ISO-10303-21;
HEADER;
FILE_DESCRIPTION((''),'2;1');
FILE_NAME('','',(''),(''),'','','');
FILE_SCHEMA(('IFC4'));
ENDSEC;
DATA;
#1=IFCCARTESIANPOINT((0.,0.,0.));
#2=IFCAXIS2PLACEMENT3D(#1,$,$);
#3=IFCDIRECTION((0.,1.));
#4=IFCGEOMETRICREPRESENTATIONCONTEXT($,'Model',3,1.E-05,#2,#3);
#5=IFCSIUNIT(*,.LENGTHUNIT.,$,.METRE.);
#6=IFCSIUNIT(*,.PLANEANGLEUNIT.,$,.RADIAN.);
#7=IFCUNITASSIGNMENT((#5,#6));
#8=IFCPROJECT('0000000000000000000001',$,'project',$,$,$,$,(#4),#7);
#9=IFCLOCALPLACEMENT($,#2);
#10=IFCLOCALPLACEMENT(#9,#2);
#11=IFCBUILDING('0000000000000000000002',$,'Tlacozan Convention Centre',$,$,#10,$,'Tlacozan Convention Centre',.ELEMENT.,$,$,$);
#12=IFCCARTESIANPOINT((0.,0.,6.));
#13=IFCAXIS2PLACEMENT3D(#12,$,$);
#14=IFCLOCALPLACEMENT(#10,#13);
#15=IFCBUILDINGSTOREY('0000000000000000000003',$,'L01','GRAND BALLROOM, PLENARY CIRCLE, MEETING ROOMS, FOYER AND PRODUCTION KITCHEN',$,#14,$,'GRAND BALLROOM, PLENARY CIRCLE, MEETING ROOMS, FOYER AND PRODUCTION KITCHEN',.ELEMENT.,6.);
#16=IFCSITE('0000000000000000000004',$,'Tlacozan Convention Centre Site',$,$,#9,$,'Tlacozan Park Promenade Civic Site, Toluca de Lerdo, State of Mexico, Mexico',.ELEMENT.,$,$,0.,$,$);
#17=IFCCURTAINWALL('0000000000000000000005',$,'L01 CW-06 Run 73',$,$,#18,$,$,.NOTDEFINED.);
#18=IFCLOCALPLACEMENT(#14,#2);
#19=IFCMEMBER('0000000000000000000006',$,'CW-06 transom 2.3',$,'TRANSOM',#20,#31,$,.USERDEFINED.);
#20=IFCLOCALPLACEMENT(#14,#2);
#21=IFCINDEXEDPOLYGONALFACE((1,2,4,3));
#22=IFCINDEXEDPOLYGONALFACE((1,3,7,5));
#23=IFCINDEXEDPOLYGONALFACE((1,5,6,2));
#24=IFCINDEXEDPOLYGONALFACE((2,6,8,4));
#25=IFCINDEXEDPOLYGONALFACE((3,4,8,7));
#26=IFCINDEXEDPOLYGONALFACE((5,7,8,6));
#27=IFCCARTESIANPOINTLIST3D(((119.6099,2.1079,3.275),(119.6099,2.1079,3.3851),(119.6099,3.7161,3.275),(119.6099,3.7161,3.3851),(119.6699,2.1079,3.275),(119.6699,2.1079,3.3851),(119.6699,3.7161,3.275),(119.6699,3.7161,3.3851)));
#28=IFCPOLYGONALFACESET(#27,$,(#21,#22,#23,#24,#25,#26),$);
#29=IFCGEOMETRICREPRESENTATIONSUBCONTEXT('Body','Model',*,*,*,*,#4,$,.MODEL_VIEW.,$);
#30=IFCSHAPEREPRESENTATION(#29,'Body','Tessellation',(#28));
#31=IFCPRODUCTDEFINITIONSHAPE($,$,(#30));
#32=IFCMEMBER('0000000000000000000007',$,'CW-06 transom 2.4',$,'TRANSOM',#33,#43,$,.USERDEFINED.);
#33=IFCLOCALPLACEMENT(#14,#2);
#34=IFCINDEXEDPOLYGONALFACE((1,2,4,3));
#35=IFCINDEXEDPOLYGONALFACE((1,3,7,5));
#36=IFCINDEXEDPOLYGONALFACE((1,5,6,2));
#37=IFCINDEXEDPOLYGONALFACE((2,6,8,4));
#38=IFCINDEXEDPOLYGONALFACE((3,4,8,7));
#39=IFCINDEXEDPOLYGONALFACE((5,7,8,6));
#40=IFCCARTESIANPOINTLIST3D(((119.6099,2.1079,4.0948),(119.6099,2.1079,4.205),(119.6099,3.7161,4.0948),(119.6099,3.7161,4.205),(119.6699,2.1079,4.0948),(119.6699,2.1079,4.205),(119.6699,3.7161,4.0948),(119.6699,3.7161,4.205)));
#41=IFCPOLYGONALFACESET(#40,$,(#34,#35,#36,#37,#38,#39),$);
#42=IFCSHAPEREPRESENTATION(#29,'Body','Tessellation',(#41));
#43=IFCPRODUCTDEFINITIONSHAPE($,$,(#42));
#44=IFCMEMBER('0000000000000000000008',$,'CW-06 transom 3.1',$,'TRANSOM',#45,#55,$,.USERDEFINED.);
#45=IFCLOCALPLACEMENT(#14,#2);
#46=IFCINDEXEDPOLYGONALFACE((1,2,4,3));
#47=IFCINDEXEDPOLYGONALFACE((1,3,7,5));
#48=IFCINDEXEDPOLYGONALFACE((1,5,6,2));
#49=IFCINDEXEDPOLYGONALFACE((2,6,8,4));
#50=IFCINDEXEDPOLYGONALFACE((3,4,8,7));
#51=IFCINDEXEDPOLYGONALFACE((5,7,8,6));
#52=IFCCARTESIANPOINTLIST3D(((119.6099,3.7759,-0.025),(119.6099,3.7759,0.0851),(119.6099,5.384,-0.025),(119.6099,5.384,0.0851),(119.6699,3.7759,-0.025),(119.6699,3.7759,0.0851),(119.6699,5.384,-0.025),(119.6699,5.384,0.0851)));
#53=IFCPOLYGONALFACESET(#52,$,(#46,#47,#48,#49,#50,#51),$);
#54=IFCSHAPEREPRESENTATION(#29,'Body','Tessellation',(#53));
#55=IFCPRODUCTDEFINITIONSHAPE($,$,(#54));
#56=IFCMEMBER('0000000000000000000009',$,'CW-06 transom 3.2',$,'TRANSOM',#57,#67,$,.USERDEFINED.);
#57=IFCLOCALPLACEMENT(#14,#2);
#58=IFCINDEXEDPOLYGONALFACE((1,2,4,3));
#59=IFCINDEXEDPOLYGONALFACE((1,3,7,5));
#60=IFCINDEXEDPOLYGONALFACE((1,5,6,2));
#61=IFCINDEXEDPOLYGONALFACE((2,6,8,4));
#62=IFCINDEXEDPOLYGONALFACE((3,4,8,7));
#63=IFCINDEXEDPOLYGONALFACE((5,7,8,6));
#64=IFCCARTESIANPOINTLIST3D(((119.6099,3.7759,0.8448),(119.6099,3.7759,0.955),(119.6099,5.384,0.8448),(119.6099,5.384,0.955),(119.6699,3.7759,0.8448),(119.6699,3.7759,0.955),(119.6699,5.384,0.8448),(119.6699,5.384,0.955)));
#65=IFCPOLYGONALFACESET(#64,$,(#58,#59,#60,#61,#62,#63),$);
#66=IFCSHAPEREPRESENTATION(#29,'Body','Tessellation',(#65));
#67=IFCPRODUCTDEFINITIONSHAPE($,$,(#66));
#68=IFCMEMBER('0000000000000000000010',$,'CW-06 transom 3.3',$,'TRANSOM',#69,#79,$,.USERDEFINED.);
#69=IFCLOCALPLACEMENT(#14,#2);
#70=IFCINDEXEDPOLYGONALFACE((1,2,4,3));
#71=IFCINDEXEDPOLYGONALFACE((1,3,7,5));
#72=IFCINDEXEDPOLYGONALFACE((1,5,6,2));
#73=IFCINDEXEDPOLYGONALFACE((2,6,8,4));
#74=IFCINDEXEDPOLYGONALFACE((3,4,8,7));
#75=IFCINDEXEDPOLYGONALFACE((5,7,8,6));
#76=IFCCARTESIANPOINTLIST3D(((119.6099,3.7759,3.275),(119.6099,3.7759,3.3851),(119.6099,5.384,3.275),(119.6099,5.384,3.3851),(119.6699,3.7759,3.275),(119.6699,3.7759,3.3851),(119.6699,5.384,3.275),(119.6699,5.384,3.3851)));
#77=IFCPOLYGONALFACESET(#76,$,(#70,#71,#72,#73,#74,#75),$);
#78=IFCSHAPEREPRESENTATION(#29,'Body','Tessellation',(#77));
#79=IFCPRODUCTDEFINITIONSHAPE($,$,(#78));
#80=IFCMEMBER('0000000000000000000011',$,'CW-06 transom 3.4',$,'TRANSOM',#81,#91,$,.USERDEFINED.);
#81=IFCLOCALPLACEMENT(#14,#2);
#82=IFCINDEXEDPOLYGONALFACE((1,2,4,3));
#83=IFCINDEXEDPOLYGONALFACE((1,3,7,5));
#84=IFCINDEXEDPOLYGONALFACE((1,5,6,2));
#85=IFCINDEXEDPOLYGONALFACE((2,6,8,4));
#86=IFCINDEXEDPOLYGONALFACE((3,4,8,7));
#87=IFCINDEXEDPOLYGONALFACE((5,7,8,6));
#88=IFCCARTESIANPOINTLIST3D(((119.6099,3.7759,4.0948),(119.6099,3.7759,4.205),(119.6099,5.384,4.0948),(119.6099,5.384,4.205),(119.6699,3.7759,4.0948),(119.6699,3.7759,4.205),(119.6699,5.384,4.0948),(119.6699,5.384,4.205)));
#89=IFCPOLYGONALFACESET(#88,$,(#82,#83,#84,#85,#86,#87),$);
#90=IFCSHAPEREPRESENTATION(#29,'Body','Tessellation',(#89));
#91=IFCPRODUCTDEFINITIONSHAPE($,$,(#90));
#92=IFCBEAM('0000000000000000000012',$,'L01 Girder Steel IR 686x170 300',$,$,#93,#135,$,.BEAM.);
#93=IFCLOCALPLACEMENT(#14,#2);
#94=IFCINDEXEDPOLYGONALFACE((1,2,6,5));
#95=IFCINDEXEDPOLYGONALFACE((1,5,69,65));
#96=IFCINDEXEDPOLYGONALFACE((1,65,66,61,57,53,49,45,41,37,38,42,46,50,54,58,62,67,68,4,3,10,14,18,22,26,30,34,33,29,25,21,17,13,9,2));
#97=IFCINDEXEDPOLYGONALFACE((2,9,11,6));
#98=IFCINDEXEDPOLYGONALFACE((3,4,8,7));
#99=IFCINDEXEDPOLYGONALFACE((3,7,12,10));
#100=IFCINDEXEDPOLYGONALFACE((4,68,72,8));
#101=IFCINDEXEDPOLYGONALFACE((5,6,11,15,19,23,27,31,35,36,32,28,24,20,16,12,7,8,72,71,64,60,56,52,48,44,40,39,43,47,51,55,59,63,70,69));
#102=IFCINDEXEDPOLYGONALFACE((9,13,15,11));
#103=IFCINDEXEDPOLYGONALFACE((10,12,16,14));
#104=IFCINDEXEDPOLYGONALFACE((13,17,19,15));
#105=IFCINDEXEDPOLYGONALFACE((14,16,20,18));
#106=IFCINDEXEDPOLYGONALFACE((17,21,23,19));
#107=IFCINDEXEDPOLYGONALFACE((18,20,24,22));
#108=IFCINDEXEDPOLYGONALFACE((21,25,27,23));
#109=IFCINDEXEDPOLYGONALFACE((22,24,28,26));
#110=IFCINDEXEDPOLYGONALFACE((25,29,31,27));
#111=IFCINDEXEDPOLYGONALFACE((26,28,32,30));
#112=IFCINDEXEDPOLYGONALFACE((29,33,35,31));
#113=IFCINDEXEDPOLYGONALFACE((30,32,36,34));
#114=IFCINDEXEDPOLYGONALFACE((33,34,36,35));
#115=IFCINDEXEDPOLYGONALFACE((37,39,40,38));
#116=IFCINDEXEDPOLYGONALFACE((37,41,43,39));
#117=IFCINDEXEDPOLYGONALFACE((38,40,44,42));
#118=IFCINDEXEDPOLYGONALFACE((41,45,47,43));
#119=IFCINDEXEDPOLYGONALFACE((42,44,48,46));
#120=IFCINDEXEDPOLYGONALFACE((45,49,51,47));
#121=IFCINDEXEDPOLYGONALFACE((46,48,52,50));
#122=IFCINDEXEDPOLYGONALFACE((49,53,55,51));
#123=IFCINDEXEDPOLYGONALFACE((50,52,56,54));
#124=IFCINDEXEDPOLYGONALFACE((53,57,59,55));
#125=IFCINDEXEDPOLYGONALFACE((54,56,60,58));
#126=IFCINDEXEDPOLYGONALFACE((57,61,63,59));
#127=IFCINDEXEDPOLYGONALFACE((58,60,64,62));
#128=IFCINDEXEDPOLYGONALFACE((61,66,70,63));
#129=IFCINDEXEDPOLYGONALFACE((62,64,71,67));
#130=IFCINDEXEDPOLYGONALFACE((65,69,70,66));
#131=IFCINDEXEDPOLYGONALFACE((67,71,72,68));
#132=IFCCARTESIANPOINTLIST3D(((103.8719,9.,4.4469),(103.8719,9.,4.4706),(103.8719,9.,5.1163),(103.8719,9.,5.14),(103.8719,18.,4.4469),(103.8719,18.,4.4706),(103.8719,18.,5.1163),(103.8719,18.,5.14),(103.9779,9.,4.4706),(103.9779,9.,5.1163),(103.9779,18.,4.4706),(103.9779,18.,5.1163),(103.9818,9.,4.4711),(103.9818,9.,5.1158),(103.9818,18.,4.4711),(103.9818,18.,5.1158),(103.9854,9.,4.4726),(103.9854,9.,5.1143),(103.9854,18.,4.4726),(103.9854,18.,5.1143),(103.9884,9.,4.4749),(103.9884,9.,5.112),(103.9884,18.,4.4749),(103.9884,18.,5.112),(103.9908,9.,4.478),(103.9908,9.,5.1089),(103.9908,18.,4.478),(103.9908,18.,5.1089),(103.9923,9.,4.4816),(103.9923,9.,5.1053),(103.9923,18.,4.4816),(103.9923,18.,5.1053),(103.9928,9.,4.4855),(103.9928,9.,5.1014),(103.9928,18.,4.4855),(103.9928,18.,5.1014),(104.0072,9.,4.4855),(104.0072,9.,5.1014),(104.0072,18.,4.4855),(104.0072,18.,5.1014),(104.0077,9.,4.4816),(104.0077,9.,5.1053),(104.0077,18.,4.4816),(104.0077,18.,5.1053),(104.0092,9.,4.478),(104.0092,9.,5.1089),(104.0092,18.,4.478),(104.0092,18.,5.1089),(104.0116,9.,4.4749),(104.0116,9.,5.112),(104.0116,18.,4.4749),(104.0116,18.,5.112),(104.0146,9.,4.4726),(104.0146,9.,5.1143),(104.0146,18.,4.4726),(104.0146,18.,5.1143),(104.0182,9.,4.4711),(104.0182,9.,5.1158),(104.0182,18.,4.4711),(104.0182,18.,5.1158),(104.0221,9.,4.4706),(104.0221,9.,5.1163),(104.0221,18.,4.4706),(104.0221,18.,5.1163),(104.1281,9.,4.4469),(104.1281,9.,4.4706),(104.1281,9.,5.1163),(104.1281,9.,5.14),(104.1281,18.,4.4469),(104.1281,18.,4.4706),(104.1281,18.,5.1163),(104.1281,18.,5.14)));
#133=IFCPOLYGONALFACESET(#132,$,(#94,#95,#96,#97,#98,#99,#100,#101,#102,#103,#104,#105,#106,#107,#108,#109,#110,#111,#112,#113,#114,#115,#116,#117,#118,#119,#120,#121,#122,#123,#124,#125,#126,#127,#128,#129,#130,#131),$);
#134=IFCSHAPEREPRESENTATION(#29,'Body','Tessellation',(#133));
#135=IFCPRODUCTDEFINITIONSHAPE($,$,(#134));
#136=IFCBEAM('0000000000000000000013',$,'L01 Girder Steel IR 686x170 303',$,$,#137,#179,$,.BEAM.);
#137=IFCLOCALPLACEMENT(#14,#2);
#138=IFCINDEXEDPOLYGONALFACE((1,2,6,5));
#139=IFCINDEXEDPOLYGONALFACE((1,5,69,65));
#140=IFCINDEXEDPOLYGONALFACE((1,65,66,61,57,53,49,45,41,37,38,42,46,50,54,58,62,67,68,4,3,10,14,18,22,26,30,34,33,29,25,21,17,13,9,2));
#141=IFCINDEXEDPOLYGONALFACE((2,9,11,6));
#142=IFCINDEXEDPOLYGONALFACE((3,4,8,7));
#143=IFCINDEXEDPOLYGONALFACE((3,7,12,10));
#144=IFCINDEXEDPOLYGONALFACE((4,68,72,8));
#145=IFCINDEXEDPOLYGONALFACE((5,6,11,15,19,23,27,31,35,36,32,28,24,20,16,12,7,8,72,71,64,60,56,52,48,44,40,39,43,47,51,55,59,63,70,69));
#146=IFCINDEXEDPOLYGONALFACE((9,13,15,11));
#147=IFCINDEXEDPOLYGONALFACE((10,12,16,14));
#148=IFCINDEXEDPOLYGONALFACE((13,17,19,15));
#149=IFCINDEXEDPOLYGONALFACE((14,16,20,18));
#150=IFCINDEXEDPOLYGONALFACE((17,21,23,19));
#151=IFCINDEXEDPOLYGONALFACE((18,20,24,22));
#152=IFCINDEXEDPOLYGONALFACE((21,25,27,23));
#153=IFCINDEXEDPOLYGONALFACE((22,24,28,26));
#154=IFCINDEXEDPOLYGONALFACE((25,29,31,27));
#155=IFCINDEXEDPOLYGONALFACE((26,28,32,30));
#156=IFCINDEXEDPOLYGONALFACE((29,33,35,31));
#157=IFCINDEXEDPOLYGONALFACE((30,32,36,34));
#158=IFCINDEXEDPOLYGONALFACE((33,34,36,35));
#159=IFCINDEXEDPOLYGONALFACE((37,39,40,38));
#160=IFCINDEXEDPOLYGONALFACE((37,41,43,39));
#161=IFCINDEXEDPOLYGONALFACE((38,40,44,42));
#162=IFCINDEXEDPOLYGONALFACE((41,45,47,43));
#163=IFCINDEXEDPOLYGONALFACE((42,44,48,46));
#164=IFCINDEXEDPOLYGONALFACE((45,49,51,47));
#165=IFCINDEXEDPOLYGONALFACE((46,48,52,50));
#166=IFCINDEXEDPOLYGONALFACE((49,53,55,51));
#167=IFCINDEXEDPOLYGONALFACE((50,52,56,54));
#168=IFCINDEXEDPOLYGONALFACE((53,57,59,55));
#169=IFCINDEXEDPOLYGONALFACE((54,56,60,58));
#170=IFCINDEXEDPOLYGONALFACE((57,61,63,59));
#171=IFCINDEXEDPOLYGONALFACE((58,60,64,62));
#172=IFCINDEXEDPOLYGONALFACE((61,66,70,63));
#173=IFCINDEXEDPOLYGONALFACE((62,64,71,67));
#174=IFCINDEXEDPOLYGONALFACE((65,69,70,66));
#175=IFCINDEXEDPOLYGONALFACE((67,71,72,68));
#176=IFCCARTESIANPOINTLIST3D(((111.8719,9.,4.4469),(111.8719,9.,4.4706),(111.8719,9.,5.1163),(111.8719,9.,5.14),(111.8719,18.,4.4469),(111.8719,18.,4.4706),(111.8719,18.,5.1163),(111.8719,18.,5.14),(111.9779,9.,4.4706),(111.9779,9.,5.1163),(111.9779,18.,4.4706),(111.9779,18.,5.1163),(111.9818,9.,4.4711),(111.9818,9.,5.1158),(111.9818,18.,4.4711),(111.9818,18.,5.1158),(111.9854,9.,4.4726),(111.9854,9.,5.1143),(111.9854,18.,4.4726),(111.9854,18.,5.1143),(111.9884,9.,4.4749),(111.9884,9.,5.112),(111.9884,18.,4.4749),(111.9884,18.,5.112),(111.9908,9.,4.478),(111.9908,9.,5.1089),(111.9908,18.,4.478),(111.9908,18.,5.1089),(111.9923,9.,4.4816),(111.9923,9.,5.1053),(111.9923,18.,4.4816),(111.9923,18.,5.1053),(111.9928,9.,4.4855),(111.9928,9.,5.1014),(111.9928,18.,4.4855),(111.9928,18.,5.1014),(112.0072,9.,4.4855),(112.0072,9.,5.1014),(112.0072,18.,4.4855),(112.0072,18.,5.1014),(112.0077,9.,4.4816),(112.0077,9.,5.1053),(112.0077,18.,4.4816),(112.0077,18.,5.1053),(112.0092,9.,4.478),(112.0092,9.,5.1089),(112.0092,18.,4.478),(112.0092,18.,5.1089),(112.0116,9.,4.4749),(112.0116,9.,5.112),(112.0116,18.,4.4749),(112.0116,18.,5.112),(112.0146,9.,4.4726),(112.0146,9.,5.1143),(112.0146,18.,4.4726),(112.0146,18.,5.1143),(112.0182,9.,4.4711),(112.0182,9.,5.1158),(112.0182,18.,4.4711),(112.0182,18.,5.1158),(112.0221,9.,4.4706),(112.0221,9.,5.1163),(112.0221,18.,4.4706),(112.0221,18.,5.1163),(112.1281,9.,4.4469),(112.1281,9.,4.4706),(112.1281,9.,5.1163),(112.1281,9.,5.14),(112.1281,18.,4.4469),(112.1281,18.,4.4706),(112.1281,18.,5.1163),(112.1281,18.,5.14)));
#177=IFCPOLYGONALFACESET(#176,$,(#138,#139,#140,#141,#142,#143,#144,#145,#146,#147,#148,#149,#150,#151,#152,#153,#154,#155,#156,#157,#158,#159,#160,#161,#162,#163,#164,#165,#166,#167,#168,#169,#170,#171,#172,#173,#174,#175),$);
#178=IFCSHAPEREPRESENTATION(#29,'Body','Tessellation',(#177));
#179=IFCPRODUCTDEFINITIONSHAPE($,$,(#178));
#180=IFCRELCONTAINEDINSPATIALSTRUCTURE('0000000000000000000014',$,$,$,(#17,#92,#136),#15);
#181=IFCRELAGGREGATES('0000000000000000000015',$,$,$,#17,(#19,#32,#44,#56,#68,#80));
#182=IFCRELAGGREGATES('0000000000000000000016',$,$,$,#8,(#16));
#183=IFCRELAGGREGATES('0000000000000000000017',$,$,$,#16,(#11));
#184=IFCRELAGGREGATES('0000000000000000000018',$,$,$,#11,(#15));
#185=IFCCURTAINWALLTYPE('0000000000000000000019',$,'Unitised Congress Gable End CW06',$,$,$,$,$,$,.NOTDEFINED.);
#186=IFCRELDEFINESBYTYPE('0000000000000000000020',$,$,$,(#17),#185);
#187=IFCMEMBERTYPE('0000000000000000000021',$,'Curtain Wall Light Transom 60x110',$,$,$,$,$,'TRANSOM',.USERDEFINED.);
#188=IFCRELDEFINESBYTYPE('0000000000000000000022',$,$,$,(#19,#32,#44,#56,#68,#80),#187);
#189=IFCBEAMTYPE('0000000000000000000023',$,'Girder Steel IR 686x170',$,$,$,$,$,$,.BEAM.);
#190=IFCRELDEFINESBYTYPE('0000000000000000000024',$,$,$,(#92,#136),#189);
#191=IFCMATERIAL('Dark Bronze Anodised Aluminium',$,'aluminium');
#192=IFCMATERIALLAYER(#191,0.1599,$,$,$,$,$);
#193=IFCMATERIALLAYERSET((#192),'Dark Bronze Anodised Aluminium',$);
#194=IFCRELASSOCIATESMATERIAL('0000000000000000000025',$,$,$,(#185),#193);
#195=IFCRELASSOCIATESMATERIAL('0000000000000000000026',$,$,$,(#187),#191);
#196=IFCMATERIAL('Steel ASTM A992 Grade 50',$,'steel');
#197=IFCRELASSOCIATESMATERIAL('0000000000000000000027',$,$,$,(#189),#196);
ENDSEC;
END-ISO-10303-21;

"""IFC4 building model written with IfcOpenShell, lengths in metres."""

from ifc_helpers import new_model, si_unit, direction, frame, origin, origin_2d, place, context, subcontext, project, spatial, rectangle, i_section, extrude, material, layer, layer_set, material_profile, profile_set, type_object, element, aggregate, save


model = new_model("IFC4")

# Units and contexts
model_context = context("Model", 3, precision=1e-05, world=origin(), true_north=direction((0.0, 1.0)))
body_context = subcontext(model_context, "Body", "Model", "MODEL_VIEW")
ifc_project = project(units=[si_unit("LENGTHUNIT", "METRE"), si_unit("PLANEANGLEUNIT", "RADIAN")], contexts=[model_context])

# Site, building, storey
site_placement = place(None, origin())
site = spatial("IfcSite", under=ifc_project, at=site_placement, Name="Tlacozan Convention Centre Site", LongName="Tlacozan Park Promenade Civic Site, Toluca de Lerdo, State of Mexico, Mexico", CompositionType="ELEMENT", RefElevation=0.0)
building_placement = place(site_placement, origin())
building = spatial("IfcBuilding", under=site, at=building_placement, Name="Tlacozan Convention Centre", LongName="Tlacozan Convention Centre", CompositionType="ELEMENT")
storey_placement = place(building_placement, frame((0.0, 0.0, 6.0)))
storey = spatial("IfcBuildingStorey", under=building, at=storey_placement, Name="L01", Description="GRAND BALLROOM, PLENARY CIRCLE, MEETING ROOMS, FOYER AND PRODUCTION KITCHEN", LongName="GRAND BALLROOM, PLENARY CIRCLE, MEETING ROOMS, FOYER AND PRODUCTION KITCHEN", CompositionType="ELEMENT", Elevation=6.0)

# Shared definitions
ifc_material_1 = material(Name="Steel ASTM A992 Grade 50", Category="steel")

# Curtain wall, members
ifc_material_2 = material(Name="Dark Bronze Anodised Aluminium", Category="aluminium")
ifc_layer_1 = layer(ifc_material_2, 0.1599)
ifc_layer_set_1 = layer_set([ifc_layer_1], Name="Dark Bronze Anodised Aluminium")
curtain_wall_type = type_object("IfcCurtainWallType", Name="Unitised Congress Gable End CW06", PredefinedType="NOTDEFINED", material=ifc_layer_set_1)
curtain_wall_placement = place(storey_placement, origin())
curtain_wall = element("IfcCurtainWall", 1, at=curtain_wall_placement, inside=storey, type_object=curtain_wall_type, Name="L01 CW-06 Run 73", PredefinedType="NOTDEFINED")
ifc_material_profile_1 = material_profile(ifc_material_2, rectangle(XDim=0.0601, YDim=0.1101, at=origin_2d()), Name="ALU 60x110")
ifc_profile_set_1 = profile_set([ifc_material_profile_1], Name="Dark Bronze Anodised Aluminium")
member_type_1 = type_object("IfcMemberType", Name="Curtain Wall Light Transom 60x110", ElementType="TRANSOM", PredefinedType="USERDEFINED", material=ifc_profile_set_1)
member_1_placement = place(storey_placement, frame((119.6399, 2.1079, 3.3301), z_axis=(0.0, 1.0, 0.0), x_axis=(-1.0, 0.0, 0.0)))
member_1 = element("IfcMember", 2, at=member_1_placement, type_object=member_type_1, Name="CW-06 transom 2.3", ObjectType="TRANSOM", PredefinedType="USERDEFINED", context=body_context, shape_type="SweptSolid", body=[
    extrude(rectangle(XDim=0.0601, YDim=0.1101, at=origin_2d()), origin(), (0.0, 0.0, 1.0), 1.6082),
])
member_2_placement = place(storey_placement, frame((119.6399, 2.1079, 4.1499), z_axis=(0.0, 1.0, 0.0), x_axis=(-1.0, 0.0, 0.0)))
member_2 = element("IfcMember", 3, at=member_2_placement, type_object=member_type_1, Name="CW-06 transom 2.4", ObjectType="TRANSOM", PredefinedType="USERDEFINED", context=body_context, shape_type="SweptSolid", body=[
    extrude(rectangle(XDim=0.0601, YDim=0.1101, at=origin_2d()), origin(), (0.0, 0.0, 1.0), 1.6082),
])
member_3_placement = place(storey_placement, frame((119.6399, 3.7759, 0.03), z_axis=(0.0, 1.0, 0.0), x_axis=(-1.0, 0.0, 0.0)))
member_3 = element("IfcMember", 4, at=member_3_placement, type_object=member_type_1, Name="CW-06 transom 3.1", ObjectType="TRANSOM", PredefinedType="USERDEFINED", context=body_context, shape_type="SweptSolid", body=[
    extrude(rectangle(XDim=0.0601, YDim=0.1101, at=origin_2d()), origin(), (0.0, 0.0, 1.0), 1.6082),
])
member_4_placement = place(storey_placement, frame((119.6399, 3.7759, 0.8999), z_axis=(0.0, 1.0, 0.0), x_axis=(-1.0, 0.0, 0.0)))
member_4 = element("IfcMember", 5, at=member_4_placement, type_object=member_type_1, Name="CW-06 transom 3.2", ObjectType="TRANSOM", PredefinedType="USERDEFINED", context=body_context, shape_type="SweptSolid", body=[
    extrude(rectangle(XDim=0.0601, YDim=0.1101, at=origin_2d()), origin(), (0.0, 0.0, 1.0), 1.6082),
])
member_5_placement = place(storey_placement, frame((119.6399, 3.7759, 3.3301), z_axis=(0.0, 1.0, 0.0), x_axis=(-1.0, 0.0, 0.0)))
member_5 = element("IfcMember", 6, at=member_5_placement, type_object=member_type_1, Name="CW-06 transom 3.3", ObjectType="TRANSOM", PredefinedType="USERDEFINED", context=body_context, shape_type="SweptSolid", body=[
    extrude(rectangle(XDim=0.0601, YDim=0.1101, at=origin_2d()), origin(), (0.0, 0.0, 1.0), 1.6082),
])
member_6_placement = place(storey_placement, frame((119.6399, 3.7759, 4.1499), z_axis=(0.0, 1.0, 0.0), x_axis=(-1.0, 0.0, 0.0)))
member_6 = element("IfcMember", 7, at=member_6_placement, type_object=member_type_1, Name="CW-06 transom 3.4", ObjectType="TRANSOM", PredefinedType="USERDEFINED", context=body_context, shape_type="SweptSolid", body=[
    extrude(rectangle(XDim=0.0601, YDim=0.1101, at=origin_2d()), origin(), (0.0, 0.0, 1.0), 1.6082),
])

# Beams
ifc_material_profile_2 = material_profile(ifc_material_1, i_section(OverallWidth=0.2561, OverallDepth=0.6931, WebThickness=0.0144, FlangeThickness=0.0237, FilletRadius=0.0149, at=origin_2d()), Name="IR 686x170.0")
ifc_profile_set_2 = profile_set([ifc_material_profile_2], Name="Steel ASTM A992 Grade 50")
beam_type_1 = type_object("IfcBeamType", Name="Girder Steel IR 686x170", PredefinedType="BEAM", material=ifc_profile_set_2)
for number, where, z_axis, x_axis, name in (
    (8, (104.0, 9.0, 4.7935), (0.0, 1.0, 0.0), (-1.0, 0.0, 0.0), "L01 Girder Steel IR 686x170 300"),
    (9, (112.0, 9.0, 4.7935), (0.0, 1.0, 0.0), (-1.0, 0.0, 0.0), "L01 Girder Steel IR 686x170 303"),
):
    element("IfcBeam", number, at=place(storey_placement, frame(where, z_axis=z_axis, x_axis=x_axis)), inside=storey, type_object=beam_type_1, Name=name, PredefinedType="BEAM", context=body_context, shape_type="SweptSolid", body=[
        extrude(i_section(OverallWidth=0.2561, OverallDepth=0.6931, WebThickness=0.0144, FlangeThickness=0.0237, FilletRadius=0.0149, at=origin_2d()), origin(), (0.0, 0.0, 1.0), 9.0),
    ])

aggregate(curtain_wall, [member_1, member_2, member_3, member_4, member_5, member_6])

save(model, "model.ifc")
